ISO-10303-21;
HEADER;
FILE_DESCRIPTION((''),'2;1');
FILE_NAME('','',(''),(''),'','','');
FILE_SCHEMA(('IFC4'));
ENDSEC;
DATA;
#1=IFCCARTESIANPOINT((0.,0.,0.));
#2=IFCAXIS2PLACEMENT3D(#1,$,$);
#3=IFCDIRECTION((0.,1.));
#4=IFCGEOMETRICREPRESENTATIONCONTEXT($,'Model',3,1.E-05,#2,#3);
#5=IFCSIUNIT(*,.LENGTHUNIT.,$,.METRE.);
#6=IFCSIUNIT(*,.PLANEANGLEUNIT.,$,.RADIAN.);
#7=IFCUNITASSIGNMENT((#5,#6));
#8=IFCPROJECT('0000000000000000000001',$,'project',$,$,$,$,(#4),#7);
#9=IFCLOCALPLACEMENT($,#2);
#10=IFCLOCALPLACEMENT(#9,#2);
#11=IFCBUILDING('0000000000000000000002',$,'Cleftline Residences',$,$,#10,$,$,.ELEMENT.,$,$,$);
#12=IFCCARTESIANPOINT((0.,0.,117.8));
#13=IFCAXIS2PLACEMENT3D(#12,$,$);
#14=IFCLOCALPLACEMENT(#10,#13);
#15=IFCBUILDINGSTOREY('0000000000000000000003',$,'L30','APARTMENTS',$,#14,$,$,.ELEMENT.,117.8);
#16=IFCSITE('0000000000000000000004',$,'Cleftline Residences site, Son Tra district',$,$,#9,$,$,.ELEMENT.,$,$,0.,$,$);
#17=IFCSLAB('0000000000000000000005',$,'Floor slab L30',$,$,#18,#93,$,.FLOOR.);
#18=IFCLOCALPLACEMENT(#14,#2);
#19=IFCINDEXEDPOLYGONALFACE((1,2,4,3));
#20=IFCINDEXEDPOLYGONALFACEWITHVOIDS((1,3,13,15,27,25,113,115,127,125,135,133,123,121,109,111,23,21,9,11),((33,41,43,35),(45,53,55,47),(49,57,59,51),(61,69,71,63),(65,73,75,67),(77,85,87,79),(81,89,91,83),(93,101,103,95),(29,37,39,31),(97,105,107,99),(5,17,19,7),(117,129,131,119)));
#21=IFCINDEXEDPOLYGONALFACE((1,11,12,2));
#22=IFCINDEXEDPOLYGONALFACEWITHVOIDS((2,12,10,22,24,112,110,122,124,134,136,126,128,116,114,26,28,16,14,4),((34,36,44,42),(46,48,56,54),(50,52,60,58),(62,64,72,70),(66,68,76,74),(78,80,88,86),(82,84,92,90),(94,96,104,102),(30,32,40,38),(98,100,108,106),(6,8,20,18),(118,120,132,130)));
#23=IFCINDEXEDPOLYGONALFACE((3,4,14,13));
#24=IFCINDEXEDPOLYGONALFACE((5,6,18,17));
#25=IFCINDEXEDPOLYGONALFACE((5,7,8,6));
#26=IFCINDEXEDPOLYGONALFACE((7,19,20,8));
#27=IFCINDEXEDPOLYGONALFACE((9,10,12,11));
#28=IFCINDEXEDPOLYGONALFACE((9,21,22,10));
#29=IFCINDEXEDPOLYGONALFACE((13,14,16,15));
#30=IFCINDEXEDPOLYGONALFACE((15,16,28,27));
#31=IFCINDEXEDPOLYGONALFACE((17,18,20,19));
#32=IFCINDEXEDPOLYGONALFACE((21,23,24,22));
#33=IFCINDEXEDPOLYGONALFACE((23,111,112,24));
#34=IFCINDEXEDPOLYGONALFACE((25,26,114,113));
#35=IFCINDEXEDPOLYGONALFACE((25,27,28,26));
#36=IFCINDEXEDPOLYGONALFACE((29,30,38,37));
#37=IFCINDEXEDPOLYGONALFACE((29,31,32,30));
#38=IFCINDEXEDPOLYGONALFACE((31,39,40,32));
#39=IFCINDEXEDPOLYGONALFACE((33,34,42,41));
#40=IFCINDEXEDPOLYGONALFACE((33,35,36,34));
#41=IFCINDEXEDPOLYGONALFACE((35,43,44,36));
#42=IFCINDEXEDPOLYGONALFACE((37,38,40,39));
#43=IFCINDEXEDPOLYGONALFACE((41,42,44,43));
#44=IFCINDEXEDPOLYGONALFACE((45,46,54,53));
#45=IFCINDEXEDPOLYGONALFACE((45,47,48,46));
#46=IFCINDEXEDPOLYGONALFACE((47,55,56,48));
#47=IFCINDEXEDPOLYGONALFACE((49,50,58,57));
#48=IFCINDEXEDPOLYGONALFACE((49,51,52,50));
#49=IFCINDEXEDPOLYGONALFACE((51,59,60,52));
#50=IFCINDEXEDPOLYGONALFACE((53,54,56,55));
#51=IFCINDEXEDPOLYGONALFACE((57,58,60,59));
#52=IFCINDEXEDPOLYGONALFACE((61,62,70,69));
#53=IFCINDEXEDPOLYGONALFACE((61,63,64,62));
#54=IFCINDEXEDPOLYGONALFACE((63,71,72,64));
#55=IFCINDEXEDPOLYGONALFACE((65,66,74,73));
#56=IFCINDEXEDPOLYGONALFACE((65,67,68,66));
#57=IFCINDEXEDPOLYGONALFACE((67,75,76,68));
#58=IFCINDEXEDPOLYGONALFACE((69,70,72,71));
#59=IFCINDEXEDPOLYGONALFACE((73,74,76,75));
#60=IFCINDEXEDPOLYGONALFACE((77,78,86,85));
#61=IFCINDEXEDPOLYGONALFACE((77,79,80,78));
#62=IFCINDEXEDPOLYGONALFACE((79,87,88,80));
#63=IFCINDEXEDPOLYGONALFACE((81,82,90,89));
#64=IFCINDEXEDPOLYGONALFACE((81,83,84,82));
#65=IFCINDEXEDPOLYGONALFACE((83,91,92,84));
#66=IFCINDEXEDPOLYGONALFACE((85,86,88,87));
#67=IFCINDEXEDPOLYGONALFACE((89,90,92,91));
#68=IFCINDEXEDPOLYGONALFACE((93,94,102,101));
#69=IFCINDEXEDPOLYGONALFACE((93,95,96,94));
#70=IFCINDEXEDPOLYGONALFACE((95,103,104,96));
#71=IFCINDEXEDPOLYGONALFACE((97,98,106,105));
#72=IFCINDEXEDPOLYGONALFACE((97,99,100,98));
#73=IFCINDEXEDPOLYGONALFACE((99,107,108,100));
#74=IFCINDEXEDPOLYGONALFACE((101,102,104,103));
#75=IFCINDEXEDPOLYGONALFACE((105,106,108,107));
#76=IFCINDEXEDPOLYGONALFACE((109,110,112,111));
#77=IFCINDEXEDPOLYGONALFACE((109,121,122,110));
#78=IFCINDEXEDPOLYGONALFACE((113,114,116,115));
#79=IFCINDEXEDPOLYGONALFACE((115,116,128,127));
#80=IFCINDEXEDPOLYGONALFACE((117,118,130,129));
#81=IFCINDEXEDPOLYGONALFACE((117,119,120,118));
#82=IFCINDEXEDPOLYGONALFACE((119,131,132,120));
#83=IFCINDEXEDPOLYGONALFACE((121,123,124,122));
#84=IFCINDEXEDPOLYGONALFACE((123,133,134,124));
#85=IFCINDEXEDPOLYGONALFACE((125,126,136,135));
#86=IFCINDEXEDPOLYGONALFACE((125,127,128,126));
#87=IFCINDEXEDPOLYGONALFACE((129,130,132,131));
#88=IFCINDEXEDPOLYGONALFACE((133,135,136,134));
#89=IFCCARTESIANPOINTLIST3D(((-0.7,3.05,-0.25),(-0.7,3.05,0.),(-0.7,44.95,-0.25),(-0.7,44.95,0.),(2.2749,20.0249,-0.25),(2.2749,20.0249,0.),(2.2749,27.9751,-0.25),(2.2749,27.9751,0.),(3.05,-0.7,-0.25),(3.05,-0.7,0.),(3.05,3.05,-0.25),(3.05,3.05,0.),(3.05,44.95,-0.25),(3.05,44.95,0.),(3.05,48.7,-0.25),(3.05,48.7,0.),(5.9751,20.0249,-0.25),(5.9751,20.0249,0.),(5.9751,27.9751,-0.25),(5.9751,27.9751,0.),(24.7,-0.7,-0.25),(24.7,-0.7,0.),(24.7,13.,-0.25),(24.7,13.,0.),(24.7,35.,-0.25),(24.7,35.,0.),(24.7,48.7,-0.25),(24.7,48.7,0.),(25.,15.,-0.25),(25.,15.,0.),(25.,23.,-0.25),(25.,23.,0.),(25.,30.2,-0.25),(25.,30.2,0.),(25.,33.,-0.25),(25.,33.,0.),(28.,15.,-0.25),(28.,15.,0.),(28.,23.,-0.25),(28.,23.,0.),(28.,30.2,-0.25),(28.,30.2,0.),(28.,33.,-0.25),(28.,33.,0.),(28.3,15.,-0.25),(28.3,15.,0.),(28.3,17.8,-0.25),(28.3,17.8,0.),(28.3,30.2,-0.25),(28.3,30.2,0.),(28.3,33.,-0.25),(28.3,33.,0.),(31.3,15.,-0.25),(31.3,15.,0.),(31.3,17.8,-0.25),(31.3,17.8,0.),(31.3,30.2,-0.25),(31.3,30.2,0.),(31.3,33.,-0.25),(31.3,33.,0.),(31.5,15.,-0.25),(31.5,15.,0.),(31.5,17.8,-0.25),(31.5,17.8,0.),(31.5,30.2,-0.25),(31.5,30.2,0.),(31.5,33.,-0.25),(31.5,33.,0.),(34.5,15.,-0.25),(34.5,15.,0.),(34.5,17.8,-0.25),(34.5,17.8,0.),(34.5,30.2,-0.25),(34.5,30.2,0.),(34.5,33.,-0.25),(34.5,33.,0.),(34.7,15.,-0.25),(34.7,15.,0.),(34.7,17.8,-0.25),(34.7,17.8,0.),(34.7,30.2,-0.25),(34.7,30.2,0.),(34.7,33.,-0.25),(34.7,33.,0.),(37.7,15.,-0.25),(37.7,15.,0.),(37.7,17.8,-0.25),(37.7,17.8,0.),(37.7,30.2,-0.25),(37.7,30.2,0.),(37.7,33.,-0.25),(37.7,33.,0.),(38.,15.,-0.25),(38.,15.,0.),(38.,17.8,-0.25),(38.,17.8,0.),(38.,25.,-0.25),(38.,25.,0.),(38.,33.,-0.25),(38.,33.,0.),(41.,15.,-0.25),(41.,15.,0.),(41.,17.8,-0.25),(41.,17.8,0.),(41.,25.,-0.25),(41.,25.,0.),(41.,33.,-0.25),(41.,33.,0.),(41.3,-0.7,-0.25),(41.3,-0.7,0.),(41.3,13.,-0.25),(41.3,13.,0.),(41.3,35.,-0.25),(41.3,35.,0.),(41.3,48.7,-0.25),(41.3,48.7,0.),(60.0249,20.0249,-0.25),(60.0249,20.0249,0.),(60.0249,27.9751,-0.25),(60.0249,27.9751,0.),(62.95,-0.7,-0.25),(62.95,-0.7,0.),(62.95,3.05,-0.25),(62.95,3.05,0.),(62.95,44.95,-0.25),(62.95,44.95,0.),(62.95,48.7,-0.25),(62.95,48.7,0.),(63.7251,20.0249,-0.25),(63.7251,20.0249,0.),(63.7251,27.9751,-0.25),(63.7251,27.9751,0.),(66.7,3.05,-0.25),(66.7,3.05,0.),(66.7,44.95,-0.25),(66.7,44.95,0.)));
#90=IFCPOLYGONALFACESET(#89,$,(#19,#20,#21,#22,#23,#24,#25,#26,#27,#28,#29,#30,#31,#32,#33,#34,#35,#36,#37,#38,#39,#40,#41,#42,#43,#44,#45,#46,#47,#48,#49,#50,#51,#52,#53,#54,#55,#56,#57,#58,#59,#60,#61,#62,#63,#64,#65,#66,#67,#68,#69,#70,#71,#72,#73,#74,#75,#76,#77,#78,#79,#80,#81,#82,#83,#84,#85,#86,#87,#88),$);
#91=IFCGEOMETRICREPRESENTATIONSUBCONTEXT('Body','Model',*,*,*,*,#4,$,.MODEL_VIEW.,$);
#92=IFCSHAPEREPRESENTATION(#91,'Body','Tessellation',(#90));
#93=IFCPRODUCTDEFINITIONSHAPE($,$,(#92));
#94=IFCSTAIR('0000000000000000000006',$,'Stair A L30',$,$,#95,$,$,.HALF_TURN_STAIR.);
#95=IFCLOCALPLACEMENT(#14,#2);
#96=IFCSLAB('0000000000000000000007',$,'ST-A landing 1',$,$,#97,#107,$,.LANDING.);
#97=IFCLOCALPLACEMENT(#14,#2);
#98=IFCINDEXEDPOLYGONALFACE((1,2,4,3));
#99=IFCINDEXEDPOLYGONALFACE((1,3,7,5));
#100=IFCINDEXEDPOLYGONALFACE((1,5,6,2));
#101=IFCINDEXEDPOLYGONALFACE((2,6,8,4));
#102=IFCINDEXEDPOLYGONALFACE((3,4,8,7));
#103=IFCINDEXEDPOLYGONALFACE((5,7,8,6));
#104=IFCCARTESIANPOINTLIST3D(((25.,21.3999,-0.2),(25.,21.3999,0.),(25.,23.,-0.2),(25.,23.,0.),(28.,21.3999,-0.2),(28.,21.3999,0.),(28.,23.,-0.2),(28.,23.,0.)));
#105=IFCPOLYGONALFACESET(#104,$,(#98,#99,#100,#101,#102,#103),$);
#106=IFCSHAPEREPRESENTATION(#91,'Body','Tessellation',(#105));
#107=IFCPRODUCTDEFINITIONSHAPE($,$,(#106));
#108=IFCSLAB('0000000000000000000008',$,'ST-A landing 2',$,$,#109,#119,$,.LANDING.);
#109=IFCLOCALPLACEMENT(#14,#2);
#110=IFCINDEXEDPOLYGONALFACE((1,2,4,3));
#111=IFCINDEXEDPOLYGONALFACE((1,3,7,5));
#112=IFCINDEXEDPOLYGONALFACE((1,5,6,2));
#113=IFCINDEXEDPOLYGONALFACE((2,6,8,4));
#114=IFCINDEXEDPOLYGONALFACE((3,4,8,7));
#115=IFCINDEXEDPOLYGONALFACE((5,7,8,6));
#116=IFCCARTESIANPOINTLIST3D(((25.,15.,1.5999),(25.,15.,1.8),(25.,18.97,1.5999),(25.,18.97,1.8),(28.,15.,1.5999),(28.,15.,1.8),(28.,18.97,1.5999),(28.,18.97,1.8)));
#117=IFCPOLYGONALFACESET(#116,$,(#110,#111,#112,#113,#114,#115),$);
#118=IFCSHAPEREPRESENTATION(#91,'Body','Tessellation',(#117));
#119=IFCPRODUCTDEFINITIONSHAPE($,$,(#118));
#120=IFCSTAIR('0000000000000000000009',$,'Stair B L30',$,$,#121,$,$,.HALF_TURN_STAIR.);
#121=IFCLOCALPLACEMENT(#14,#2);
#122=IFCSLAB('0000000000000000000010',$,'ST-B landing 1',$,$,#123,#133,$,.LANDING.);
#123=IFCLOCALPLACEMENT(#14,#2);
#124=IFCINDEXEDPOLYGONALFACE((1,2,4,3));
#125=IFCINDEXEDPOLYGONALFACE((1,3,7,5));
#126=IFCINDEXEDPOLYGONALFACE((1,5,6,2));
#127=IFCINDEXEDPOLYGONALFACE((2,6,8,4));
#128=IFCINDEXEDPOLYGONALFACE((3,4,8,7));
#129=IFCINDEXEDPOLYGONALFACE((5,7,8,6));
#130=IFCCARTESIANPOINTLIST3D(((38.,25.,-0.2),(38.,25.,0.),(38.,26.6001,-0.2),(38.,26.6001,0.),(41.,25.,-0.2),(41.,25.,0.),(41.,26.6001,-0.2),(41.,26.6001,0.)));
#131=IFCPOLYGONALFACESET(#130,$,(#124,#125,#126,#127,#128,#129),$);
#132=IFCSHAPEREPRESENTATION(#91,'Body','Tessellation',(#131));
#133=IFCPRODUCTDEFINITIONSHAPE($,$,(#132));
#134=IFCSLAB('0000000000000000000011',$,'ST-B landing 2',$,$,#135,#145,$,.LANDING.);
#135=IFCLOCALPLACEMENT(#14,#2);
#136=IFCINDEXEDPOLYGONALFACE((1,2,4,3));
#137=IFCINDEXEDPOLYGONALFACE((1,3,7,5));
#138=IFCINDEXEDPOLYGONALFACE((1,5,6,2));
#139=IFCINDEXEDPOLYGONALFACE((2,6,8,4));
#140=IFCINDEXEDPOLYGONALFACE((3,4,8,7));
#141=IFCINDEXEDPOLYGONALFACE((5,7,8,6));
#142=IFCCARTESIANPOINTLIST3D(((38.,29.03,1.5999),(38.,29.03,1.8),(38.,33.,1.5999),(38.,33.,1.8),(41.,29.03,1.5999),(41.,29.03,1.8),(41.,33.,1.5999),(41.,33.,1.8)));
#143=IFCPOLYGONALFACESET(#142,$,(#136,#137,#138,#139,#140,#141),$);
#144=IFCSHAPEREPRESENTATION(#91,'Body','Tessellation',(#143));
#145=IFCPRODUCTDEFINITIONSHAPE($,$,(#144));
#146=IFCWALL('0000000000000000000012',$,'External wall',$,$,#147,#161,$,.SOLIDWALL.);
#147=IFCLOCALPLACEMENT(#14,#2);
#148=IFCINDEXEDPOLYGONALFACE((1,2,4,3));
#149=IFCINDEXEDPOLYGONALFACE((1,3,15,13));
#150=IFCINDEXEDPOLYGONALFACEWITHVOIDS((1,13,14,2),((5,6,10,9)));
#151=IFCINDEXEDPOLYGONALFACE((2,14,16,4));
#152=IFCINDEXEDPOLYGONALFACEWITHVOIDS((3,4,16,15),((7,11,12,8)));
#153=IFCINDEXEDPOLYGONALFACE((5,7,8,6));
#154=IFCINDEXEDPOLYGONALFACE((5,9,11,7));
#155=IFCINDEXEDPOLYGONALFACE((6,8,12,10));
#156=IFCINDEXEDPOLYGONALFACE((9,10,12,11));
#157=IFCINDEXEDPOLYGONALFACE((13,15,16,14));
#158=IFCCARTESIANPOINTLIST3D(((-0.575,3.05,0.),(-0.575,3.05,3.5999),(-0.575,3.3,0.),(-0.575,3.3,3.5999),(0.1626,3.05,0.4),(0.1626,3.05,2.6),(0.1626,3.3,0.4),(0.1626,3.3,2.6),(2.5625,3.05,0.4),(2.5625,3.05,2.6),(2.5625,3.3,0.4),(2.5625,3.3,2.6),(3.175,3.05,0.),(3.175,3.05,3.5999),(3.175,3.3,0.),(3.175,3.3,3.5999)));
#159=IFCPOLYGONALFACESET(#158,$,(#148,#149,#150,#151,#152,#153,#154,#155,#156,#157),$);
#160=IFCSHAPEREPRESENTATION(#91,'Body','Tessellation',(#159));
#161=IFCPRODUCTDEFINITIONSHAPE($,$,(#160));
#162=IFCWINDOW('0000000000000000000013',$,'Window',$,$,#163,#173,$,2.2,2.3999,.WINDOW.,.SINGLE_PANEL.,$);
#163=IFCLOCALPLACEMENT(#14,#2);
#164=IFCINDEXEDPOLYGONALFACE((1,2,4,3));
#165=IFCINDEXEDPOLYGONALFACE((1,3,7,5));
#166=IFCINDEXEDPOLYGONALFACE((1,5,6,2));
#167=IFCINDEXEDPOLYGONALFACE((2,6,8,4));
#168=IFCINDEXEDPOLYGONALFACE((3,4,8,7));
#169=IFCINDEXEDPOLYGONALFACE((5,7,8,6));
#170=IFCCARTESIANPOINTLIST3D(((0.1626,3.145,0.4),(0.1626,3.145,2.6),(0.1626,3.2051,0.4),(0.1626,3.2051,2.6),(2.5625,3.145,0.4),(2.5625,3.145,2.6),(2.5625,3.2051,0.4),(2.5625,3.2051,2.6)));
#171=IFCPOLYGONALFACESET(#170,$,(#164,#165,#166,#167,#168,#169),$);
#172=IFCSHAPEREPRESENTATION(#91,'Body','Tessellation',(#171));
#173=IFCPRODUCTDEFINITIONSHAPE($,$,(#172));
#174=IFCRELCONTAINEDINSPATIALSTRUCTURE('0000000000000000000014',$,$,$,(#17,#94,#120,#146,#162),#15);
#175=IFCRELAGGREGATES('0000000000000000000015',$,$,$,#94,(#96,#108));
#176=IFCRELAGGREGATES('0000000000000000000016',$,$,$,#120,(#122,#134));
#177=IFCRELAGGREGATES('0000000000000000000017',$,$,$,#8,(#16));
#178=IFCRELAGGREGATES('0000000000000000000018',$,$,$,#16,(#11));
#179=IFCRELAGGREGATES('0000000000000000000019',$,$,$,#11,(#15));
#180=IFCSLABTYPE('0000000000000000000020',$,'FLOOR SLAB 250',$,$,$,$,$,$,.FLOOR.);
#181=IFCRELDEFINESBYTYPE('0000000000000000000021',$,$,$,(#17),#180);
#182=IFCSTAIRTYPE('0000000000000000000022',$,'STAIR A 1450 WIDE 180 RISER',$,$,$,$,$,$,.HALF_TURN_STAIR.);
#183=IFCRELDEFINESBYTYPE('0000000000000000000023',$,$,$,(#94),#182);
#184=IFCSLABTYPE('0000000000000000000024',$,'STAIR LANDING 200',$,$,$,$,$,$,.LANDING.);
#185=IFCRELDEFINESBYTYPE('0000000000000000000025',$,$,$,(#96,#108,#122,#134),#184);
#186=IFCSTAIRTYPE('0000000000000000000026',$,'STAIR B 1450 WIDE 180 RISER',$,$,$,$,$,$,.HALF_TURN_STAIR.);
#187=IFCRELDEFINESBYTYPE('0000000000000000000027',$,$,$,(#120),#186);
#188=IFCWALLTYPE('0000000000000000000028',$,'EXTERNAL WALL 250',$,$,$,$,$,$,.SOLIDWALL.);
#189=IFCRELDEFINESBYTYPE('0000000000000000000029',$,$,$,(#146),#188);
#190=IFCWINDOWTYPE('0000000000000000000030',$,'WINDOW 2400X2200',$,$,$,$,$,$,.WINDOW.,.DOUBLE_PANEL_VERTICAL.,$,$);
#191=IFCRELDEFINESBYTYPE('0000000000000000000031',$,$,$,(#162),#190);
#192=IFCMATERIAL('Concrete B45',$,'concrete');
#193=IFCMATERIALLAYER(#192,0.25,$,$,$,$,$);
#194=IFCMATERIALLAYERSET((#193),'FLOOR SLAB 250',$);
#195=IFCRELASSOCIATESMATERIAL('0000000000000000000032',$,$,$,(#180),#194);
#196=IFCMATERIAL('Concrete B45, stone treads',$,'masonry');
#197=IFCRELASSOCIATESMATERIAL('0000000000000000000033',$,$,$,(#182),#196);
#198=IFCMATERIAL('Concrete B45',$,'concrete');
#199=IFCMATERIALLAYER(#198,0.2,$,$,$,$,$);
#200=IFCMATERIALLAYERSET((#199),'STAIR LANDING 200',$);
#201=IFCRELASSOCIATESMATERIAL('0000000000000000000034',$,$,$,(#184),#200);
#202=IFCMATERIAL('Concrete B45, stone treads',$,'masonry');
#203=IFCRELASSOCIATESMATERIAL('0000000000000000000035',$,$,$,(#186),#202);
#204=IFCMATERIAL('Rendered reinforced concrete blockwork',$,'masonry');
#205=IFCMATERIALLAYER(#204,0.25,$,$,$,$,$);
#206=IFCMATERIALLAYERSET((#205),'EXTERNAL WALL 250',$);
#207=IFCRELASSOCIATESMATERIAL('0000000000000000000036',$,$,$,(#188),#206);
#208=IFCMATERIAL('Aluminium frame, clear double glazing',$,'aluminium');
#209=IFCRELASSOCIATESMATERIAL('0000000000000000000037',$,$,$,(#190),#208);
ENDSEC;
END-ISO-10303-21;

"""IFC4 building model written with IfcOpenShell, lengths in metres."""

from ifc_helpers import new_model, si_unit, direction, frame, frame_2d, origin, place, context, subcontext, project, spatial, polyline, rectangle, outline, extrude, material, layer, layer_set, type_object, element, fill, aggregate, save


model = new_model("IFC4")

# Units and contexts
model_context = context("Model", 3, precision=1e-05, world=origin(), true_north=direction((0.0, 1.0)))
body_context = subcontext(model_context, "Body", "Model", "MODEL_VIEW")
ifc_project = project(units=[si_unit("LENGTHUNIT", "METRE"), si_unit("PLANEANGLEUNIT", "RADIAN")], contexts=[model_context])

# Site, building, storey
site_placement = place(None, origin())
site = spatial("IfcSite", under=ifc_project, at=site_placement, Name="Cleftline Residences site, Son Tra district", CompositionType="ELEMENT", RefElevation=0.0)
building_placement = place(site_placement, origin())
building = spatial("IfcBuilding", under=site, at=building_placement, Name="Cleftline Residences", CompositionType="ELEMENT")
storey_placement = place(building_placement, frame((0.0, 0.0, 117.8)))
storey = spatial("IfcBuildingStorey", under=building, at=storey_placement, Name="L30", Description="APARTMENTS", CompositionType="ELEMENT", Elevation=117.8)

# Slab
ifc_material_1 = material(Name="Concrete B45", Category="concrete")
ifc_layer_1 = layer(ifc_material_1, 0.25)
ifc_layer_set_1 = layer_set([ifc_layer_1], Name="FLOOR SLAB 250")
slab_type_1 = type_object("IfcSlabType", Name="FLOOR SLAB 250", PredefinedType="FLOOR", material=ifc_layer_set_1)
slab_1_placement = place(storey_placement, frame((0.0, 0.0, -0.25)))
element("IfcSlab", 1, at=slab_1_placement, inside=storey, type_object=slab_type_1, Name="Floor slab L30", PredefinedType="FLOOR", context=body_context, shape_type="SweptSolid", body=[
    extrude(outline(polyline([(24.7, 13.0), (41.3, 13.0), (41.3, -0.7), (62.95, -0.7), (62.95, 3.05), (66.7, 3.05), (66.7, 44.95), (62.95, 44.95), (62.95, 48.7), (41.3, 48.7), (41.3, 35.0), (24.7, 35.0), (24.7, 48.7), (3.05, 48.7), (3.05, 44.95), (-0.7, 44.95), (-0.7, 3.05), (3.05, 3.05), (3.05, -0.7), (24.7, -0.7), (24.7, 13.0)]), holes=[polyline([(28.0, 15.0), (28.0, 23.0), (25.0, 23.0), (25.0, 15.0), (28.0, 15.0)]), polyline([(41.0, 25.0), (41.0, 33.0), (38.0, 33.0), (38.0, 25.0), (41.0, 25.0)]), polyline([(28.0, 30.2), (28.0, 33.0), (25.0, 33.0), (25.0, 30.2), (28.0, 30.2)]), polyline([(41.0, 15.0), (41.0, 17.8), (38.0, 17.8), (38.0, 15.0), (41.0, 15.0)]), polyline([(31.3, 15.0), (31.3, 17.8), (28.3, 17.8), (28.3, 15.0), (31.3, 15.0)]), polyline([(34.5, 15.0), (34.5, 17.8), (31.5, 17.8), (31.5, 15.0), (34.5, 15.0)]), polyline([(37.7, 15.0), (37.7, 17.8), (34.7, 17.8), (34.7, 15.0), (37.7, 15.0)]), polyline([(31.3, 30.2), (31.3, 33.0), (28.3, 33.0), (28.3, 30.2), (31.3, 30.2)]), polyline([(34.5, 30.2), (34.5, 33.0), (31.5, 33.0), (31.5, 30.2), (34.5, 30.2)]), polyline([(37.7, 30.2), (37.7, 33.0), (34.7, 33.0), (34.7, 30.2), (37.7, 30.2)]), polyline([(63.7251, 20.0249), (63.7251, 27.9751), (60.0249, 27.9751), (60.0249, 20.0249), (63.7251, 20.0249)]), polyline([(5.9751, 20.0249), (5.9751, 27.9751), (2.2749, 27.9751), (2.2749, 20.0249), (5.9751, 20.0249)])]), origin(), (0.0, 0.0, 1.0), 0.25),
])

# Stairs, slabs
ifc_material_2 = material(Name="Concrete B45, stone treads", Category="masonry")
stair_type_1 = type_object("IfcStairType", Name="STAIR A 1450 WIDE 180 RISER", PredefinedType="HALF_TURN_STAIR", material=ifc_material_2)
stair_1_placement = place(storey_placement, origin())
stair_1 = element("IfcStair", 2, at=stair_1_placement, inside=storey, type_object=stair_type_1, Name="Stair A L30", PredefinedType="HALF_TURN_STAIR")
ifc_material_3 = material(Name="Concrete B45", Category="concrete")
ifc_layer_2 = layer(ifc_material_3, 0.2)
ifc_layer_set_2 = layer_set([ifc_layer_2], Name="STAIR LANDING 200")
slab_type_2 = type_object("IfcSlabType", Name="STAIR LANDING 200", PredefinedType="LANDING", material=ifc_layer_set_2)
slab_2_placement = place(storey_placement, frame((0.0, 0.0, -0.2)))
slab_2 = element("IfcSlab", 3, at=slab_2_placement, type_object=slab_type_2, Name="ST-A landing 1", PredefinedType="LANDING", context=body_context, shape_type="SweptSolid", body=[
    extrude(outline(polyline([(25.0, 21.3999), (28.0, 21.3999), (28.0, 23.0), (25.0, 23.0), (25.0, 21.3999)])), origin(), (0.0, 0.0, 1.0), 0.2),
])
slab_3_placement = place(storey_placement, frame((0.0, 0.0, 1.5999)))
slab_3 = element("IfcSlab", 4, at=slab_3_placement, type_object=slab_type_2, Name="ST-A landing 2", PredefinedType="LANDING", context=body_context, shape_type="SweptSolid", body=[
    extrude(outline(polyline([(25.0, 15.0), (28.0, 15.0), (28.0, 18.97), (25.0, 18.97), (25.0, 15.0)])), origin(), (0.0, 0.0, 1.0), 0.2002),
])
aggregate(stair_1, [slab_2, slab_3])
ifc_material_4 = material(Name="Concrete B45, stone treads", Category="masonry")
stair_type_2 = type_object("IfcStairType", Name="STAIR B 1450 WIDE 180 RISER", PredefinedType="HALF_TURN_STAIR", material=ifc_material_4)
stair_2_placement = place(storey_placement, origin())
stair_2 = element("IfcStair", 5, at=stair_2_placement, inside=storey, type_object=stair_type_2, Name="Stair B L30", PredefinedType="HALF_TURN_STAIR")
slab_4_placement = place(storey_placement, frame((0.0, 0.0, -0.2)))
slab_4 = element("IfcSlab", 6, at=slab_4_placement, type_object=slab_type_2, Name="ST-B landing 1", PredefinedType="LANDING", context=body_context, shape_type="SweptSolid", body=[
    extrude(outline(polyline([(38.0, 25.0), (41.0, 25.0), (41.0, 26.6001), (38.0, 26.6001), (38.0, 25.0)])), origin(), (0.0, 0.0, 1.0), 0.2),
])
slab_5_placement = place(storey_placement, frame((0.0, 0.0, 1.5999)))
slab_5 = element("IfcSlab", 7, at=slab_5_placement, type_object=slab_type_2, Name="ST-B landing 2", PredefinedType="LANDING", context=body_context, shape_type="SweptSolid", body=[
    extrude(outline(polyline([(38.0, 29.03), (41.0, 29.03), (41.0, 33.0), (38.0, 33.0), (38.0, 29.03)])), origin(), (0.0, 0.0, 1.0), 0.2002),
])
aggregate(stair_2, [slab_4, slab_5])

# Wall, opening, window
ifc_material_5 = material(Name="Rendered reinforced concrete blockwork", Category="masonry")
ifc_layer_3 = layer(ifc_material_5, 0.25)
ifc_layer_set_3 = layer_set([ifc_layer_3], Name="EXTERNAL WALL 250")
wall_type = type_object("IfcWallType", Name="EXTERNAL WALL 250", PredefinedType="SOLIDWALL", material=ifc_layer_set_3)
wall_placement = place(storey_placement, frame((-0.575, 3.175, 0.0), z_axis=(0.0, 0.0, 1.0), x_axis=(1.0, 0.0, 0.0)))
wall = element("IfcWall", 8, at=wall_placement, inside=storey, type_object=wall_type, Name="External wall", PredefinedType="SOLIDWALL", context=body_context, shape_type="SweptSolid", body=[
    extrude(rectangle(XDim=3.75, YDim=0.25, at=frame_2d((1.875, 0.0))), origin(), (0.0, 0.0, 1.0), 3.5999),
])
opening_placement = place(wall_placement, frame((0.7375, 0.0, 0.3999)))
opening = element("IfcOpeningElement", 9, at=opening_placement, cuts=wall, PredefinedType="OPENING", context=body_context, shape_type="SweptSolid", body=[
    extrude(rectangle(XDim=2.3999, YDim=2.2, at=frame_2d((1.2, 1.1001))), frame((0.0, 0.135, 0.0), z_axis=(0.0, -1.0, 0.0), x_axis=(1.0, 0.0, 0.0)), (0.0, 0.0, 1.0), 0.27),
])
ifc_material_6 = material(Name="Aluminium frame, clear double glazing", Category="aluminium")
window_type = type_object("IfcWindowType", Name="WINDOW 2400X2200", PartitioningType="DOUBLE_PANEL_VERTICAL", PredefinedType="WINDOW", material=ifc_material_6)
window_placement = place(opening_placement, origin())
window = element("IfcWindow", 10, at=window_placement, inside=storey, type_object=window_type, Name="Window", OverallHeight=2.2, OverallWidth=2.3999, PartitioningType="SINGLE_PANEL", PredefinedType="WINDOW", context=body_context, shape_type="SweptSolid", body=[
    extrude(rectangle(XDim=2.3999, YDim=2.2, at=frame_2d((1.2, 1.1001))), frame((0.0, 0.03, 0.0), z_axis=(0.0, -1.0, 0.0), x_axis=(1.0, 0.0, 0.0)), (0.0, 0.0, 1.0), 0.0601),
])
fill(opening, window)

save(model, "model.ifc")
